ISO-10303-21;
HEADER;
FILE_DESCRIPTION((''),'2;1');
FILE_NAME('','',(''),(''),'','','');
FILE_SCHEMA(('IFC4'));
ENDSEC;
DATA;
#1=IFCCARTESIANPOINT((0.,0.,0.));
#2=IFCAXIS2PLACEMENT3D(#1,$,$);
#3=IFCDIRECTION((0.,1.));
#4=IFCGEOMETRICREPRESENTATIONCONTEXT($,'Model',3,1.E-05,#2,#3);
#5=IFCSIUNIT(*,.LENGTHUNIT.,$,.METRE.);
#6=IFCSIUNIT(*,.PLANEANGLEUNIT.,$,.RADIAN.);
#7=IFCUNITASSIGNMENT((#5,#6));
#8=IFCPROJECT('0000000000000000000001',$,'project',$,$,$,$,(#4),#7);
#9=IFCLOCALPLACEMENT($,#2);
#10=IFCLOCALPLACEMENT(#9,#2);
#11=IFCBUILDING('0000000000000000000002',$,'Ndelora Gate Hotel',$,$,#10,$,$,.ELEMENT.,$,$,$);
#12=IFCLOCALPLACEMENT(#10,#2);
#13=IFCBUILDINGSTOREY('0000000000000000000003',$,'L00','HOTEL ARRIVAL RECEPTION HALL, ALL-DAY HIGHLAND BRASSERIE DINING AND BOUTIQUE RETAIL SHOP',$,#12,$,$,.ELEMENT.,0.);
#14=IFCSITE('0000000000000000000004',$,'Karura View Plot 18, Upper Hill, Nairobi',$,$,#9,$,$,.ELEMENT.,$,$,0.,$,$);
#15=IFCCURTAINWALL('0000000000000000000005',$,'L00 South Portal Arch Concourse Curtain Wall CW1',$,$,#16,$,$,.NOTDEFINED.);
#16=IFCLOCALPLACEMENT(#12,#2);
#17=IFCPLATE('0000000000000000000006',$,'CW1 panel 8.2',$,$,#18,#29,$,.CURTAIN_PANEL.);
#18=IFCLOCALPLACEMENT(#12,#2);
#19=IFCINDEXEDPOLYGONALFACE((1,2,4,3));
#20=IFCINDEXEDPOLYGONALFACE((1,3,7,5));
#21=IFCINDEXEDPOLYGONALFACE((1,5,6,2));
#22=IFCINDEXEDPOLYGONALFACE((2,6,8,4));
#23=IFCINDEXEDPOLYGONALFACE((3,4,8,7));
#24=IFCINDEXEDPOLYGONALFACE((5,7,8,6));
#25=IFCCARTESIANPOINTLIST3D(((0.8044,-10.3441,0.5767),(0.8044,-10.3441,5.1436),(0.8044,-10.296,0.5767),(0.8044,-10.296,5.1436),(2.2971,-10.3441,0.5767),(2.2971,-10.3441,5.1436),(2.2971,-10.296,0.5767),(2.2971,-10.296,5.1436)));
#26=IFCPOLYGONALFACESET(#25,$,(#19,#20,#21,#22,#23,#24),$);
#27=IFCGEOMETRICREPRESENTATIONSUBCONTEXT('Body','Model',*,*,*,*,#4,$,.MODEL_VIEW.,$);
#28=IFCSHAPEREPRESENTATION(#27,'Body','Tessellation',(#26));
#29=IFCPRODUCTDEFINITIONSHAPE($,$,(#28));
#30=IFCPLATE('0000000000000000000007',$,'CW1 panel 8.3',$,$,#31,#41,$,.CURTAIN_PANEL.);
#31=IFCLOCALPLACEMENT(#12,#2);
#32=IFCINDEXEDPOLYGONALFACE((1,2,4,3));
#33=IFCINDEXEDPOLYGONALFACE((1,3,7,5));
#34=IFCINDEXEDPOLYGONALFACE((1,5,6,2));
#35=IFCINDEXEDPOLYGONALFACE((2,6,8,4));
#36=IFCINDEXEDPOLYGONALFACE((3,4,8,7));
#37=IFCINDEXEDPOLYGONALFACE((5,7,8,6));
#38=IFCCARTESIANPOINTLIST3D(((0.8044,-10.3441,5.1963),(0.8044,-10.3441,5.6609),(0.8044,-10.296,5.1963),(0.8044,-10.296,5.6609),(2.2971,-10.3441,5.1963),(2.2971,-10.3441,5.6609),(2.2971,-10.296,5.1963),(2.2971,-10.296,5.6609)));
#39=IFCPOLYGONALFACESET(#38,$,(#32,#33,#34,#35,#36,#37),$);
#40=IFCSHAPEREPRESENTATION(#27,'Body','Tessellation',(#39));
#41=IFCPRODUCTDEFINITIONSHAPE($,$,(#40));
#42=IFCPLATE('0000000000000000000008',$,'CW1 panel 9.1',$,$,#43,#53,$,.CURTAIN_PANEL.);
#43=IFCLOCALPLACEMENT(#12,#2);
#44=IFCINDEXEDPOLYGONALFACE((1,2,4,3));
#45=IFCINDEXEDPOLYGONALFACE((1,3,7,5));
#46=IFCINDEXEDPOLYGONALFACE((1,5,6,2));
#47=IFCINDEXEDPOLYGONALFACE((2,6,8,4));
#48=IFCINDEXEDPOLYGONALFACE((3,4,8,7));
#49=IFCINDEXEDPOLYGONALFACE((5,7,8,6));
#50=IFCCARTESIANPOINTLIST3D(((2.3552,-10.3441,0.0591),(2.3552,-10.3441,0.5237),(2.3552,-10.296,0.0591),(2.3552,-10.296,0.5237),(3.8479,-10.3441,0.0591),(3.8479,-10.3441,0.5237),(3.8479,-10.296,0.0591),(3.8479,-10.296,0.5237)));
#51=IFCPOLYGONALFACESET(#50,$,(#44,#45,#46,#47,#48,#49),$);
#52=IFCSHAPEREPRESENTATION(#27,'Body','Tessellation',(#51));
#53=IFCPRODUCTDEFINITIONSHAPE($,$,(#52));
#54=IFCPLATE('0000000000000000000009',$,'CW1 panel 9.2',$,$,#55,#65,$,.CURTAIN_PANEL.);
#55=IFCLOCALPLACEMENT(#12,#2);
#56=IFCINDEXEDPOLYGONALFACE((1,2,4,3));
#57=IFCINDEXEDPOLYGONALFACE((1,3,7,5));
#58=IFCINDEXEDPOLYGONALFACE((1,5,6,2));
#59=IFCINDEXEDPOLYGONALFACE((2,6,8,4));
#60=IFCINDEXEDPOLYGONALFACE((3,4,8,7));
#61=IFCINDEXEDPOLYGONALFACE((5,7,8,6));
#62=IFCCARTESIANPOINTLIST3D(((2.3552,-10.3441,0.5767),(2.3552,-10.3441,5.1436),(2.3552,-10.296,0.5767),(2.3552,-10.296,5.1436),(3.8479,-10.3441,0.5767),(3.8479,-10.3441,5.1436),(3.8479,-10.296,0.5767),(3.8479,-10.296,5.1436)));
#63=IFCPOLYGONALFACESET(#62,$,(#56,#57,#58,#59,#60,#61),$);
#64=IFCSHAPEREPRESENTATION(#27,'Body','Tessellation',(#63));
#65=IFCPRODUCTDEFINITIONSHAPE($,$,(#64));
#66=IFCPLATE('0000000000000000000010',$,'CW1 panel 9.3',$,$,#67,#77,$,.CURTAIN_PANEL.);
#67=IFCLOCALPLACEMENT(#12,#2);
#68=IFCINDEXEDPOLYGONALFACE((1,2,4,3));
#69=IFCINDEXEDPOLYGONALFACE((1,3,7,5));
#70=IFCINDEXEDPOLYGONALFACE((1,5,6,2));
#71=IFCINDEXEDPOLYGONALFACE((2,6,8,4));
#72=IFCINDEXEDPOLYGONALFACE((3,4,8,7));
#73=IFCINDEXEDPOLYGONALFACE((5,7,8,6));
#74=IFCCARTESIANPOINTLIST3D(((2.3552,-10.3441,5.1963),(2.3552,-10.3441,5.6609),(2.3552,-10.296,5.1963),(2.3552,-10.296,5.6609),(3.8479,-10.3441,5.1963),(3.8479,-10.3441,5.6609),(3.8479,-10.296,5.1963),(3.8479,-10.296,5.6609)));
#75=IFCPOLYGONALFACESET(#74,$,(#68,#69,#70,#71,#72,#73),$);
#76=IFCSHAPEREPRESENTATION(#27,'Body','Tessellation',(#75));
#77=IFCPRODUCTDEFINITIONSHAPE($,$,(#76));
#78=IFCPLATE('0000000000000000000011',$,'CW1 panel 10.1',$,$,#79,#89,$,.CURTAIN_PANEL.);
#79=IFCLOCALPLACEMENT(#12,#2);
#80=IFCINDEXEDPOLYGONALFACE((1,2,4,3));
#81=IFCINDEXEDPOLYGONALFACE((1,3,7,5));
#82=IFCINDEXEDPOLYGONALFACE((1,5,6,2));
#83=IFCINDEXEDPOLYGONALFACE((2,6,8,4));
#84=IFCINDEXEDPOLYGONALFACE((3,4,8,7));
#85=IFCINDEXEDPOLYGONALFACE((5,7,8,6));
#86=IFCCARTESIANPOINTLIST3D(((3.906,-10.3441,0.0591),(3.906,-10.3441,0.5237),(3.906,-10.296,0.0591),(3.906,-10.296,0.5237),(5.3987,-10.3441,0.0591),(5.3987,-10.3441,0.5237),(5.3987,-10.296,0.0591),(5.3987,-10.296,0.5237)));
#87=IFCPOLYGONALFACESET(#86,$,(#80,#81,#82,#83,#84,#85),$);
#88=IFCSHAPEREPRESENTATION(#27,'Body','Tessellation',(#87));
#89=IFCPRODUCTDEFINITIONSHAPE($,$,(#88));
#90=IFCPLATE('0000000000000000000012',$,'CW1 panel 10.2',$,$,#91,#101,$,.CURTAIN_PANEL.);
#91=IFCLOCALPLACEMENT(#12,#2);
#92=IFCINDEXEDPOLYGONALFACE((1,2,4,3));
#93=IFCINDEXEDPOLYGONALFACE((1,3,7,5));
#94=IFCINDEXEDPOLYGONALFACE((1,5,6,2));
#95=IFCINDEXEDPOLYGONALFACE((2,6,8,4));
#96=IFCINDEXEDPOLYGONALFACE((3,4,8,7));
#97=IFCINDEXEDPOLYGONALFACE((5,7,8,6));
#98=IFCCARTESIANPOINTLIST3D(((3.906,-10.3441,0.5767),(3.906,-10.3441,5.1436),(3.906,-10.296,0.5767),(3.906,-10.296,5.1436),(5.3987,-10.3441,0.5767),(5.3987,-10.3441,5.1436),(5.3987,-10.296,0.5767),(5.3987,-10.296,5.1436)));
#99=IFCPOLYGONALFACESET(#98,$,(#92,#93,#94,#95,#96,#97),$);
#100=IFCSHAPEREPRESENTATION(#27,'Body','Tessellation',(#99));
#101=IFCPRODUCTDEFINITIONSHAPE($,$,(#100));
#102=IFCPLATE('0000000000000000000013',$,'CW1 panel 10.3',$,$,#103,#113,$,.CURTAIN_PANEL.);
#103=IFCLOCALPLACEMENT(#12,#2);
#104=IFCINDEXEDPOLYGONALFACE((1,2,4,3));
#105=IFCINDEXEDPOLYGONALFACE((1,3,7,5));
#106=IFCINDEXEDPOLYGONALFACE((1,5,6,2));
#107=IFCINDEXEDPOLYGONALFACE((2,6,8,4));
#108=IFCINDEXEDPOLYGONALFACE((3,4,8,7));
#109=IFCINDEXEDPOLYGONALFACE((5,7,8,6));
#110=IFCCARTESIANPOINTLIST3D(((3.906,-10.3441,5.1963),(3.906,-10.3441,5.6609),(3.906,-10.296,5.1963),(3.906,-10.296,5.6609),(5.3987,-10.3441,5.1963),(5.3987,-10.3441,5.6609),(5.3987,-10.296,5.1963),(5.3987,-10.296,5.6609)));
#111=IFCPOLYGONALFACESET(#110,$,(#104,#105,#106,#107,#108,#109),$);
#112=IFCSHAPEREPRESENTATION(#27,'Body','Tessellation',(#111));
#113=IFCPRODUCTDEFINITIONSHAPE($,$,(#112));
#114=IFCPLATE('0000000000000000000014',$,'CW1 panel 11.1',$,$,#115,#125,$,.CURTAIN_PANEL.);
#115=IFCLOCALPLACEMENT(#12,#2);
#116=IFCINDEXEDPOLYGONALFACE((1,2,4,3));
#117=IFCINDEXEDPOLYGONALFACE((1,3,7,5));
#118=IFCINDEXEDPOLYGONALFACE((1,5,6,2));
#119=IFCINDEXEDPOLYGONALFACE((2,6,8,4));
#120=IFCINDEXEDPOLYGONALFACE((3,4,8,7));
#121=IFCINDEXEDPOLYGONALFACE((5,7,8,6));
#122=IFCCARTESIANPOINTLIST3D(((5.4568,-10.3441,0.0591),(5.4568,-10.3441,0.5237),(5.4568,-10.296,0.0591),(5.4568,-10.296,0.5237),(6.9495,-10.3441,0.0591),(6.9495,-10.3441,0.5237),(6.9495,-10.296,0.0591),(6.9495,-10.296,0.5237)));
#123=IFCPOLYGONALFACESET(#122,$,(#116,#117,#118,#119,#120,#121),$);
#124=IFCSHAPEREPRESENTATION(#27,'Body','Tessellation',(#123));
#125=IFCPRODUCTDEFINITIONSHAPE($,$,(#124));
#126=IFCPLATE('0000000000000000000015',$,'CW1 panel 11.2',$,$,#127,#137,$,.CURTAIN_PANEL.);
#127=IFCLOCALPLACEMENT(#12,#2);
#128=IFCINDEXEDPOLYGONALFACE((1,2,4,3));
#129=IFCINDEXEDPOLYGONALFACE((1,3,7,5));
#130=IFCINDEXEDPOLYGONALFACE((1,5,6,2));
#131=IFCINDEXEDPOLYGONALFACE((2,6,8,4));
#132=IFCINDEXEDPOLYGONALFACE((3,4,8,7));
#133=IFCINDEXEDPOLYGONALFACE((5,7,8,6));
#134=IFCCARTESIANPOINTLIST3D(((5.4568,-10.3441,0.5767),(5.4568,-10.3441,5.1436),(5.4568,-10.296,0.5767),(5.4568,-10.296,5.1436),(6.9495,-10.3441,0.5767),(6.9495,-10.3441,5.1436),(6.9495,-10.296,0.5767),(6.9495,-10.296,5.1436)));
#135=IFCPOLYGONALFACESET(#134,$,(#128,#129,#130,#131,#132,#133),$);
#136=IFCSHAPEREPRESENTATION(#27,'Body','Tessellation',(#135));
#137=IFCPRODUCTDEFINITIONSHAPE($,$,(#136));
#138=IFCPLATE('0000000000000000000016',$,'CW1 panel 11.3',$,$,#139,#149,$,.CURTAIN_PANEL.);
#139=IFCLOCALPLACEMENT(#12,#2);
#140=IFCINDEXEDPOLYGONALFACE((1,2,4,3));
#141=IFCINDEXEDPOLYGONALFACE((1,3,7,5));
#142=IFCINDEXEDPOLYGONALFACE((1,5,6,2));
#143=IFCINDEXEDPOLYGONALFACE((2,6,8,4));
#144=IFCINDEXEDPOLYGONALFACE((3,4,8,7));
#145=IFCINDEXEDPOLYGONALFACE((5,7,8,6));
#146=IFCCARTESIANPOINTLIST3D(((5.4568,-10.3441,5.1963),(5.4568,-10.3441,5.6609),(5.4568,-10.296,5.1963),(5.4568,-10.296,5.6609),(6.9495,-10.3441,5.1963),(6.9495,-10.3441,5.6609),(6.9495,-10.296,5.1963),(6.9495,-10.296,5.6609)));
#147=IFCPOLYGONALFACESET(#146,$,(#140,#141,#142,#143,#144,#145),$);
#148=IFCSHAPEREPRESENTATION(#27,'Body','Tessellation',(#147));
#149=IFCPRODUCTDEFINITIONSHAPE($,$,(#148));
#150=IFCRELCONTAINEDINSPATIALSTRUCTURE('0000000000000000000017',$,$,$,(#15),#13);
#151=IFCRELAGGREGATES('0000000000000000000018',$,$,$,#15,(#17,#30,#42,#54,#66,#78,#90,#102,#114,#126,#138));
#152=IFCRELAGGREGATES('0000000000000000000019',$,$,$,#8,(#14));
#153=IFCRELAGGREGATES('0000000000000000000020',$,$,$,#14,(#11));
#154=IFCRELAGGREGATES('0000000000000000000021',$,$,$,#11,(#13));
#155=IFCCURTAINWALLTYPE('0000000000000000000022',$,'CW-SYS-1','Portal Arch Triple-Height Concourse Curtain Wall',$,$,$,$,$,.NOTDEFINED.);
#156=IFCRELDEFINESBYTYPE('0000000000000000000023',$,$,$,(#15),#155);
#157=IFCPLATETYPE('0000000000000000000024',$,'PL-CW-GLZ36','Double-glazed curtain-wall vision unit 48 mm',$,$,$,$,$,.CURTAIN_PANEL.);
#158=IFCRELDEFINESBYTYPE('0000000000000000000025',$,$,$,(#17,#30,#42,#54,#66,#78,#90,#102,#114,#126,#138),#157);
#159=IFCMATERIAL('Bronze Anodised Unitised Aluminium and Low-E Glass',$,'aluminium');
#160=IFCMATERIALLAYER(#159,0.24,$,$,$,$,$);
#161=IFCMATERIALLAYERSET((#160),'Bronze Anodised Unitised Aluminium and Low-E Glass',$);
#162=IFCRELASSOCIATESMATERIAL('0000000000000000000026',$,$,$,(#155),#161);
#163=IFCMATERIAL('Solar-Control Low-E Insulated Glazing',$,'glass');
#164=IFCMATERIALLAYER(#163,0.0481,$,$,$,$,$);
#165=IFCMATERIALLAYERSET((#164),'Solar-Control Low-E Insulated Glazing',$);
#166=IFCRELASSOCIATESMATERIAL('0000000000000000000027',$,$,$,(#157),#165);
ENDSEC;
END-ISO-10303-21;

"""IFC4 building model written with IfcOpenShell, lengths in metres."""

from ifc_helpers import new_model, si_unit, direction, frame, origin, origin_2d, place, context, subcontext, project, spatial, rectangle, extrude, material, layer, layer_set, type_object, element, aggregate, save


model = new_model("IFC4")

# Units and contexts
model_context = context("Model", 3, precision=1e-05, world=origin(), true_north=direction((0.0, 1.0)))
body_context = subcontext(model_context, "Body", "Model", "MODEL_VIEW")
ifc_project = project(units=[si_unit("LENGTHUNIT", "METRE"), si_unit("PLANEANGLEUNIT", "RADIAN")], contexts=[model_context])

# Site, building, storey
site_placement = place(None, origin())
site = spatial("IfcSite", under=ifc_project, at=site_placement, Name="Karura View Plot 18, Upper Hill, Nairobi", CompositionType="ELEMENT", RefElevation=0.0)
building_placement = place(site_placement, origin())
building = spatial("IfcBuilding", under=site, at=building_placement, Name="Ndelora Gate Hotel", CompositionType="ELEMENT")
storey_placement = place(building_placement, origin())
storey = spatial("IfcBuildingStorey", under=building, at=storey_placement, Name="L00", Description="HOTEL ARRIVAL RECEPTION HALL, ALL-DAY HIGHLAND BRASSERIE DINING AND BOUTIQUE RETAIL SHOP", CompositionType="ELEMENT", Elevation=0.0)

# Curtain wall, plates
ifc_material_1 = material(Name="Bronze Anodised Unitised Aluminium and Low-E Glass", Category="aluminium")
ifc_layer_1 = layer(ifc_material_1, 0.24)
ifc_layer_set_1 = layer_set([ifc_layer_1], Name="Bronze Anodised Unitised Aluminium and Low-E Glass")
curtain_wall_type = type_object("IfcCurtainWallType", Name="CW-SYS-1", Description="Portal Arch Triple-Height Concourse Curtain Wall", PredefinedType="NOTDEFINED", material=ifc_layer_set_1)
curtain_wall_placement = place(storey_placement, origin())
curtain_wall = element("IfcCurtainWall", 1, at=curtain_wall_placement, inside=storey, type_object=curtain_wall_type, Name="L00 South Portal Arch Concourse Curtain Wall CW1", PredefinedType="NOTDEFINED")
ifc_material_2 = material(Name="Solar-Control Low-E Insulated Glazing", Category="glass")
ifc_layer_2 = layer(ifc_material_2, 0.0481)
ifc_layer_set_2 = layer_set([ifc_layer_2], Name="Solar-Control Low-E Insulated Glazing")
plate_type = type_object("IfcPlateType", Name="PL-CW-GLZ36", Description="Double-glazed curtain-wall vision unit 48 mm", PredefinedType="CURTAIN_PANEL", material=ifc_layer_set_2)
plate_1_placement = place(storey_placement, frame((1.5508, -10.3201, 0.5767), z_axis=(0.0, 0.0, 1.0), x_axis=(1.0, 0.0, 0.0)))
plate_1 = element("IfcPlate", 2, at=plate_1_placement, type_object=plate_type, Name="CW1 panel 8.2", PredefinedType="CURTAIN_PANEL", context=body_context, shape_type="SweptSolid", body=[
    extrude(rectangle(XDim=1.4927, YDim=0.0481, at=origin_2d()), origin(), (0.0, 0.0, 1.0), 4.5669),
])
plate_2_placement = place(storey_placement, frame((1.5508, -10.3201, 5.1963), z_axis=(0.0, 0.0, 1.0), x_axis=(1.0, 0.0, 0.0)))
plate_2 = element("IfcPlate", 3, at=plate_2_placement, type_object=plate_type, Name="CW1 panel 8.3", PredefinedType="CURTAIN_PANEL", context=body_context, shape_type="SweptSolid", body=[
    extrude(rectangle(XDim=1.4927, YDim=0.0481, at=origin_2d()), origin(), (0.0, 0.0, 1.0), 0.4646),
])
plate_3_placement = place(storey_placement, frame((3.1016, -10.3201, 0.0591), z_axis=(0.0, 0.0, 1.0), x_axis=(1.0, 0.0, 0.0)))
plate_3 = element("IfcPlate", 4, at=plate_3_placement, type_object=plate_type, Name="CW1 panel 9.1", PredefinedType="CURTAIN_PANEL", context=body_context, shape_type="SweptSolid", body=[
    extrude(rectangle(XDim=1.4927, YDim=0.0481, at=origin_2d()), origin(), (0.0, 0.0, 1.0), 0.4646),
])
plate_4_placement = place(storey_placement, frame((3.1016, -10.3201, 0.5767), z_axis=(0.0, 0.0, 1.0), x_axis=(1.0, 0.0, 0.0)))
plate_4 = element("IfcPlate", 5, at=plate_4_placement, type_object=plate_type, Name="CW1 panel 9.2", PredefinedType="CURTAIN_PANEL", context=body_context, shape_type="SweptSolid", body=[
    extrude(rectangle(XDim=1.4927, YDim=0.0481, at=origin_2d()), origin(), (0.0, 0.0, 1.0), 4.5669),
])
plate_5_placement = place(storey_placement, frame((3.1016, -10.3201, 5.1963), z_axis=(0.0, 0.0, 1.0), x_axis=(1.0, 0.0, 0.0)))
plate_5 = element("IfcPlate", 6, at=plate_5_placement, type_object=plate_type, Name="CW1 panel 9.3", PredefinedType="CURTAIN_PANEL", context=body_context, shape_type="SweptSolid", body=[
    extrude(rectangle(XDim=1.4927, YDim=0.0481, at=origin_2d()), origin(), (0.0, 0.0, 1.0), 0.4646),
])
plate_6_placement = place(storey_placement, frame((4.6523, -10.3201, 0.0591), z_axis=(0.0, 0.0, 1.0), x_axis=(1.0, 0.0, 0.0)))
plate_6 = element("IfcPlate", 7, at=plate_6_placement, type_object=plate_type, Name="CW1 panel 10.1", PredefinedType="CURTAIN_PANEL", context=body_context, shape_type="SweptSolid", body=[
    extrude(rectangle(XDim=1.4927, YDim=0.0481, at=origin_2d()), origin(), (0.0, 0.0, 1.0), 0.4646),
])
plate_7_placement = place(storey_placement, frame((4.6523, -10.3201, 0.5767), z_axis=(0.0, 0.0, 1.0), x_axis=(1.0, 0.0, 0.0)))
plate_7 = element("IfcPlate", 8, at=plate_7_placement, type_object=plate_type, Name="CW1 panel 10.2", PredefinedType="CURTAIN_PANEL", context=body_context, shape_type="SweptSolid", body=[
    extrude(rectangle(XDim=1.4927, YDim=0.0481, at=origin_2d()), origin(), (0.0, 0.0, 1.0), 4.5669),
])
plate_8_placement = place(storey_placement, frame((4.6523, -10.3201, 5.1963), z_axis=(0.0, 0.0, 1.0), x_axis=(1.0, 0.0, 0.0)))
plate_8 = element("IfcPlate", 9, at=plate_8_placement, type_object=plate_type, Name="CW1 panel 10.3", PredefinedType="CURTAIN_PANEL", context=body_context, shape_type="SweptSolid", body=[
    extrude(rectangle(XDim=1.4927, YDim=0.0481, at=origin_2d()), origin(), (0.0, 0.0, 1.0), 0.4646),
])
plate_9_placement = place(storey_placement, frame((6.2031, -10.3201, 0.0591), z_axis=(0.0, 0.0, 1.0), x_axis=(1.0, 0.0, 0.0)))
plate_9 = element("IfcPlate", 10, at=plate_9_placement, type_object=plate_type, Name="CW1 panel 11.1", PredefinedType="CURTAIN_PANEL", context=body_context, shape_type="SweptSolid", body=[
    extrude(rectangle(XDim=1.4927, YDim=0.0481, at=origin_2d()), origin(), (0.0, 0.0, 1.0), 0.4646),
])
plate_10_placement = place(storey_placement, frame((6.2031, -10.3201, 0.5767), z_axis=(0.0, 0.0, 1.0), x_axis=(1.0, 0.0, 0.0)))
plate_10 = element("IfcPlate", 11, at=plate_10_placement, type_object=plate_type, Name="CW1 panel 11.2", PredefinedType="CURTAIN_PANEL", context=body_context, shape_type="SweptSolid", body=[
    extrude(rectangle(XDim=1.4927, YDim=0.0481, at=origin_2d()), origin(), (0.0, 0.0, 1.0), 4.5669),
])
plate_11_placement = place(storey_placement, frame((6.2031, -10.3201, 5.1963), z_axis=(0.0, 0.0, 1.0), x_axis=(1.0, 0.0, 0.0)))
plate_11 = element("IfcPlate", 12, at=plate_11_placement, type_object=plate_type, Name="CW1 panel 11.3", PredefinedType="CURTAIN_PANEL", context=body_context, shape_type="SweptSolid", body=[
    extrude(rectangle(XDim=1.4927, YDim=0.0481, at=origin_2d()), origin(), (0.0, 0.0, 1.0), 0.4646),
])
aggregate(curtain_wall, [plate_1, plate_2, plate_3, plate_4, plate_5, plate_6, plate_7, plate_8, plate_9, plate_10, plate_11])

save(model, "model.ifc")
